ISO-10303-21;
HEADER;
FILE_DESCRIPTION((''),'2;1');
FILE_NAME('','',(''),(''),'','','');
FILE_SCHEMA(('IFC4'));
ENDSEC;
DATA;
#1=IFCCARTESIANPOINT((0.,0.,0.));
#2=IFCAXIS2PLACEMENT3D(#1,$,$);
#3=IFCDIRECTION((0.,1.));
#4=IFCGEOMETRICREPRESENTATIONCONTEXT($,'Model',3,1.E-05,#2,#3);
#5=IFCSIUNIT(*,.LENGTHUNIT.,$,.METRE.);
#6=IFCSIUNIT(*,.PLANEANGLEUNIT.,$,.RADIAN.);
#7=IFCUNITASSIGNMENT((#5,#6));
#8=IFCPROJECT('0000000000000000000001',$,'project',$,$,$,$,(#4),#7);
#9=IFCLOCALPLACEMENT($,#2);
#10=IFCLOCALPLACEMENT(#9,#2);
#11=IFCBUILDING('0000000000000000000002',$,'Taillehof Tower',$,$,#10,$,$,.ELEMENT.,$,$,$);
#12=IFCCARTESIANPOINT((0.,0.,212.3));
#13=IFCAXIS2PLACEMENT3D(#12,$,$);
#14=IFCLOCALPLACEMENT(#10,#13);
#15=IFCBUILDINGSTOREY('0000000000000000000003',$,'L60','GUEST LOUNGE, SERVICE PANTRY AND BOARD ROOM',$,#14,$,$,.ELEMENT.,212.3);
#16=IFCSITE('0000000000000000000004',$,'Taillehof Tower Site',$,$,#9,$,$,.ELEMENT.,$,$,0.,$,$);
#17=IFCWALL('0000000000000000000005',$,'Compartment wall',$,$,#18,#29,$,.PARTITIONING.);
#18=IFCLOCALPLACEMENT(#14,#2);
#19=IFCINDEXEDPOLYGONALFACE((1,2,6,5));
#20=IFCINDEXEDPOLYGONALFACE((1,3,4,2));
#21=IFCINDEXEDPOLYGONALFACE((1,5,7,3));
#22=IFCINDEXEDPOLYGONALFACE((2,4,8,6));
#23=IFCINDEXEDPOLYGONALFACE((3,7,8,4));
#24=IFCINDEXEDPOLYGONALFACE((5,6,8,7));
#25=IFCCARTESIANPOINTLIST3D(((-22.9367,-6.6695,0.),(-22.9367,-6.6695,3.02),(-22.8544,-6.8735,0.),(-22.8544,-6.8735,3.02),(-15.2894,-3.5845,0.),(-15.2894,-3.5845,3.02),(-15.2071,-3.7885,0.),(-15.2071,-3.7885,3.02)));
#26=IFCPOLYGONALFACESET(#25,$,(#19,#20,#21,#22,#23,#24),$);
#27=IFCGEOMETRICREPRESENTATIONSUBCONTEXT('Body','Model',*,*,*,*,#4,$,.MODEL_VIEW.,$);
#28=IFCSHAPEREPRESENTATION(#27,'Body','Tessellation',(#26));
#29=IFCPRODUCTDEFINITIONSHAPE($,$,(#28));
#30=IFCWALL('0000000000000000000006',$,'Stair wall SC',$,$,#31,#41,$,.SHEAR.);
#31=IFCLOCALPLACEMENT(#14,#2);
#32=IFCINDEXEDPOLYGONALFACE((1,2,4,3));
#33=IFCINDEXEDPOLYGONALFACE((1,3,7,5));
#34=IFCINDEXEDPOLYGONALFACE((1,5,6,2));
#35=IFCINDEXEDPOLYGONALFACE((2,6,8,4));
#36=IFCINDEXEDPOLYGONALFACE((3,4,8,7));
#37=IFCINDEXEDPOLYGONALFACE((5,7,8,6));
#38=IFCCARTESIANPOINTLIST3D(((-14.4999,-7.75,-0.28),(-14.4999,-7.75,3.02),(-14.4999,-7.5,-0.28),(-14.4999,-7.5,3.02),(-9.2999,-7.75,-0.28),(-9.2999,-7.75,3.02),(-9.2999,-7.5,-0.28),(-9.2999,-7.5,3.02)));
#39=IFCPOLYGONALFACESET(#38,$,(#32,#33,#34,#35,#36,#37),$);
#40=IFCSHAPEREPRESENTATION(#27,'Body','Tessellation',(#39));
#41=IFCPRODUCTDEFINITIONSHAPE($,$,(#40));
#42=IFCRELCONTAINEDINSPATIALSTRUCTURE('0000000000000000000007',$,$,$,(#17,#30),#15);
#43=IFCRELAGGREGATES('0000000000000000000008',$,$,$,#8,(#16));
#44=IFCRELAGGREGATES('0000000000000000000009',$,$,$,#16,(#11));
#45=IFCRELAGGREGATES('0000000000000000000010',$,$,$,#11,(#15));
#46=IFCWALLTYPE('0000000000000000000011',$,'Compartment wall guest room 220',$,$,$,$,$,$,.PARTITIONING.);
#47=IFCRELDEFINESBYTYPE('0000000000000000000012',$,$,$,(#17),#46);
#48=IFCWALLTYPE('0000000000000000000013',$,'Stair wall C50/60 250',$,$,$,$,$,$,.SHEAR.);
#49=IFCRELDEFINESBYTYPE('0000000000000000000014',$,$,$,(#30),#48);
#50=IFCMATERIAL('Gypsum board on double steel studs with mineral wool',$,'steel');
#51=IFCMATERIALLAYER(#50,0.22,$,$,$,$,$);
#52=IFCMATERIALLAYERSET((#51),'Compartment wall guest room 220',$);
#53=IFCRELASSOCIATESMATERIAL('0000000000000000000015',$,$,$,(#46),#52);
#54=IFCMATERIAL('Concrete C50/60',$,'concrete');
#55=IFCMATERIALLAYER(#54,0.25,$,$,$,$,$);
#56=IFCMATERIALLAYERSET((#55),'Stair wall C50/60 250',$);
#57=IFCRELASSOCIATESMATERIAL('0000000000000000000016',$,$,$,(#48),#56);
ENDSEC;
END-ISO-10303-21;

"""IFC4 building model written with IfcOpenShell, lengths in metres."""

from ifc_helpers import new_model, si_unit, direction, frame, frame_2d, origin, place, context, subcontext, project, spatial, rectangle, extrude, material, layer, layer_set, type_object, element, save


model = new_model("IFC4")

# Units and contexts
model_context = context("Model", 3, precision=1e-05, world=origin(), true_north=direction((0.0, 1.0)))
body_context = subcontext(model_context, "Body", "Model", "MODEL_VIEW")
ifc_project = project(units=[si_unit("LENGTHUNIT", "METRE"), si_unit("PLANEANGLEUNIT", "RADIAN")], contexts=[model_context])

# Site, building, storey
site_placement = place(None, origin())
site = spatial("IfcSite", under=ifc_project, at=site_placement, Name="Taillehof Tower Site", CompositionType="ELEMENT", RefElevation=0.0)
building_placement = place(site_placement, origin())
building = spatial("IfcBuilding", under=site, at=building_placement, Name="Taillehof Tower", CompositionType="ELEMENT")
storey_placement = place(building_placement, frame((0.0, 0.0, 212.3)))
storey = spatial("IfcBuildingStorey", under=building, at=storey_placement, Name="L60", Description="GUEST LOUNGE, SERVICE PANTRY AND BOARD ROOM", CompositionType="ELEMENT", Elevation=212.3)

# Walls
ifc_material_1 = material(Name="Gypsum board on double steel studs with mineral wool", Category="steel")
ifc_layer_1 = layer(ifc_material_1, 0.22)
ifc_layer_set_1 = layer_set([ifc_layer_1], Name="Compartment wall guest room 220")
wall_type_1 = type_object("IfcWallType", Name="Compartment wall guest room 220", PredefinedType="PARTITIONING", material=ifc_layer_set_1)
wall_1_placement = place(storey_placement, frame((-22.8955, -6.7715, 0.0), z_axis=(0.0, 0.0, 1.0), x_axis=(0.927382, 0.374115, 0.0)))
element("IfcWall", 1, at=wall_1_placement, inside=storey, type_object=wall_type_1, Name="Compartment wall", PredefinedType="PARTITIONING", context=body_context, shape_type="SweptSolid", body=[
    extrude(rectangle(XDim=8.2461, YDim=0.22, at=frame_2d((4.123, 0.0))), origin(), (0.0, 0.0, 1.0), 3.02),
])
ifc_material_2 = material(Name="Concrete C50/60", Category="concrete")
ifc_layer_2 = layer(ifc_material_2, 0.25)
ifc_layer_set_2 = layer_set([ifc_layer_2], Name="Stair wall C50/60 250")
wall_type_2 = type_object("IfcWallType", Name="Stair wall C50/60 250", PredefinedType="SHEAR", material=ifc_layer_set_2)
wall_2_placement = place(storey_placement, frame((-14.5, -7.625, -0.28), z_axis=(0.0, 0.0, 1.0), x_axis=(1.0, 0.0, 0.0)))
element("IfcWall", 2, at=wall_2_placement, inside=storey, type_object=wall_type_2, Name="Stair wall SC", PredefinedType="SHEAR", context=body_context, shape_type="SweptSolid", body=[
    extrude(rectangle(XDim=5.2, YDim=0.25, at=frame_2d((2.6001, 0.0))), origin(), (0.0, 0.0, 1.0), 3.3),
])

save(model, "model.ifc")
